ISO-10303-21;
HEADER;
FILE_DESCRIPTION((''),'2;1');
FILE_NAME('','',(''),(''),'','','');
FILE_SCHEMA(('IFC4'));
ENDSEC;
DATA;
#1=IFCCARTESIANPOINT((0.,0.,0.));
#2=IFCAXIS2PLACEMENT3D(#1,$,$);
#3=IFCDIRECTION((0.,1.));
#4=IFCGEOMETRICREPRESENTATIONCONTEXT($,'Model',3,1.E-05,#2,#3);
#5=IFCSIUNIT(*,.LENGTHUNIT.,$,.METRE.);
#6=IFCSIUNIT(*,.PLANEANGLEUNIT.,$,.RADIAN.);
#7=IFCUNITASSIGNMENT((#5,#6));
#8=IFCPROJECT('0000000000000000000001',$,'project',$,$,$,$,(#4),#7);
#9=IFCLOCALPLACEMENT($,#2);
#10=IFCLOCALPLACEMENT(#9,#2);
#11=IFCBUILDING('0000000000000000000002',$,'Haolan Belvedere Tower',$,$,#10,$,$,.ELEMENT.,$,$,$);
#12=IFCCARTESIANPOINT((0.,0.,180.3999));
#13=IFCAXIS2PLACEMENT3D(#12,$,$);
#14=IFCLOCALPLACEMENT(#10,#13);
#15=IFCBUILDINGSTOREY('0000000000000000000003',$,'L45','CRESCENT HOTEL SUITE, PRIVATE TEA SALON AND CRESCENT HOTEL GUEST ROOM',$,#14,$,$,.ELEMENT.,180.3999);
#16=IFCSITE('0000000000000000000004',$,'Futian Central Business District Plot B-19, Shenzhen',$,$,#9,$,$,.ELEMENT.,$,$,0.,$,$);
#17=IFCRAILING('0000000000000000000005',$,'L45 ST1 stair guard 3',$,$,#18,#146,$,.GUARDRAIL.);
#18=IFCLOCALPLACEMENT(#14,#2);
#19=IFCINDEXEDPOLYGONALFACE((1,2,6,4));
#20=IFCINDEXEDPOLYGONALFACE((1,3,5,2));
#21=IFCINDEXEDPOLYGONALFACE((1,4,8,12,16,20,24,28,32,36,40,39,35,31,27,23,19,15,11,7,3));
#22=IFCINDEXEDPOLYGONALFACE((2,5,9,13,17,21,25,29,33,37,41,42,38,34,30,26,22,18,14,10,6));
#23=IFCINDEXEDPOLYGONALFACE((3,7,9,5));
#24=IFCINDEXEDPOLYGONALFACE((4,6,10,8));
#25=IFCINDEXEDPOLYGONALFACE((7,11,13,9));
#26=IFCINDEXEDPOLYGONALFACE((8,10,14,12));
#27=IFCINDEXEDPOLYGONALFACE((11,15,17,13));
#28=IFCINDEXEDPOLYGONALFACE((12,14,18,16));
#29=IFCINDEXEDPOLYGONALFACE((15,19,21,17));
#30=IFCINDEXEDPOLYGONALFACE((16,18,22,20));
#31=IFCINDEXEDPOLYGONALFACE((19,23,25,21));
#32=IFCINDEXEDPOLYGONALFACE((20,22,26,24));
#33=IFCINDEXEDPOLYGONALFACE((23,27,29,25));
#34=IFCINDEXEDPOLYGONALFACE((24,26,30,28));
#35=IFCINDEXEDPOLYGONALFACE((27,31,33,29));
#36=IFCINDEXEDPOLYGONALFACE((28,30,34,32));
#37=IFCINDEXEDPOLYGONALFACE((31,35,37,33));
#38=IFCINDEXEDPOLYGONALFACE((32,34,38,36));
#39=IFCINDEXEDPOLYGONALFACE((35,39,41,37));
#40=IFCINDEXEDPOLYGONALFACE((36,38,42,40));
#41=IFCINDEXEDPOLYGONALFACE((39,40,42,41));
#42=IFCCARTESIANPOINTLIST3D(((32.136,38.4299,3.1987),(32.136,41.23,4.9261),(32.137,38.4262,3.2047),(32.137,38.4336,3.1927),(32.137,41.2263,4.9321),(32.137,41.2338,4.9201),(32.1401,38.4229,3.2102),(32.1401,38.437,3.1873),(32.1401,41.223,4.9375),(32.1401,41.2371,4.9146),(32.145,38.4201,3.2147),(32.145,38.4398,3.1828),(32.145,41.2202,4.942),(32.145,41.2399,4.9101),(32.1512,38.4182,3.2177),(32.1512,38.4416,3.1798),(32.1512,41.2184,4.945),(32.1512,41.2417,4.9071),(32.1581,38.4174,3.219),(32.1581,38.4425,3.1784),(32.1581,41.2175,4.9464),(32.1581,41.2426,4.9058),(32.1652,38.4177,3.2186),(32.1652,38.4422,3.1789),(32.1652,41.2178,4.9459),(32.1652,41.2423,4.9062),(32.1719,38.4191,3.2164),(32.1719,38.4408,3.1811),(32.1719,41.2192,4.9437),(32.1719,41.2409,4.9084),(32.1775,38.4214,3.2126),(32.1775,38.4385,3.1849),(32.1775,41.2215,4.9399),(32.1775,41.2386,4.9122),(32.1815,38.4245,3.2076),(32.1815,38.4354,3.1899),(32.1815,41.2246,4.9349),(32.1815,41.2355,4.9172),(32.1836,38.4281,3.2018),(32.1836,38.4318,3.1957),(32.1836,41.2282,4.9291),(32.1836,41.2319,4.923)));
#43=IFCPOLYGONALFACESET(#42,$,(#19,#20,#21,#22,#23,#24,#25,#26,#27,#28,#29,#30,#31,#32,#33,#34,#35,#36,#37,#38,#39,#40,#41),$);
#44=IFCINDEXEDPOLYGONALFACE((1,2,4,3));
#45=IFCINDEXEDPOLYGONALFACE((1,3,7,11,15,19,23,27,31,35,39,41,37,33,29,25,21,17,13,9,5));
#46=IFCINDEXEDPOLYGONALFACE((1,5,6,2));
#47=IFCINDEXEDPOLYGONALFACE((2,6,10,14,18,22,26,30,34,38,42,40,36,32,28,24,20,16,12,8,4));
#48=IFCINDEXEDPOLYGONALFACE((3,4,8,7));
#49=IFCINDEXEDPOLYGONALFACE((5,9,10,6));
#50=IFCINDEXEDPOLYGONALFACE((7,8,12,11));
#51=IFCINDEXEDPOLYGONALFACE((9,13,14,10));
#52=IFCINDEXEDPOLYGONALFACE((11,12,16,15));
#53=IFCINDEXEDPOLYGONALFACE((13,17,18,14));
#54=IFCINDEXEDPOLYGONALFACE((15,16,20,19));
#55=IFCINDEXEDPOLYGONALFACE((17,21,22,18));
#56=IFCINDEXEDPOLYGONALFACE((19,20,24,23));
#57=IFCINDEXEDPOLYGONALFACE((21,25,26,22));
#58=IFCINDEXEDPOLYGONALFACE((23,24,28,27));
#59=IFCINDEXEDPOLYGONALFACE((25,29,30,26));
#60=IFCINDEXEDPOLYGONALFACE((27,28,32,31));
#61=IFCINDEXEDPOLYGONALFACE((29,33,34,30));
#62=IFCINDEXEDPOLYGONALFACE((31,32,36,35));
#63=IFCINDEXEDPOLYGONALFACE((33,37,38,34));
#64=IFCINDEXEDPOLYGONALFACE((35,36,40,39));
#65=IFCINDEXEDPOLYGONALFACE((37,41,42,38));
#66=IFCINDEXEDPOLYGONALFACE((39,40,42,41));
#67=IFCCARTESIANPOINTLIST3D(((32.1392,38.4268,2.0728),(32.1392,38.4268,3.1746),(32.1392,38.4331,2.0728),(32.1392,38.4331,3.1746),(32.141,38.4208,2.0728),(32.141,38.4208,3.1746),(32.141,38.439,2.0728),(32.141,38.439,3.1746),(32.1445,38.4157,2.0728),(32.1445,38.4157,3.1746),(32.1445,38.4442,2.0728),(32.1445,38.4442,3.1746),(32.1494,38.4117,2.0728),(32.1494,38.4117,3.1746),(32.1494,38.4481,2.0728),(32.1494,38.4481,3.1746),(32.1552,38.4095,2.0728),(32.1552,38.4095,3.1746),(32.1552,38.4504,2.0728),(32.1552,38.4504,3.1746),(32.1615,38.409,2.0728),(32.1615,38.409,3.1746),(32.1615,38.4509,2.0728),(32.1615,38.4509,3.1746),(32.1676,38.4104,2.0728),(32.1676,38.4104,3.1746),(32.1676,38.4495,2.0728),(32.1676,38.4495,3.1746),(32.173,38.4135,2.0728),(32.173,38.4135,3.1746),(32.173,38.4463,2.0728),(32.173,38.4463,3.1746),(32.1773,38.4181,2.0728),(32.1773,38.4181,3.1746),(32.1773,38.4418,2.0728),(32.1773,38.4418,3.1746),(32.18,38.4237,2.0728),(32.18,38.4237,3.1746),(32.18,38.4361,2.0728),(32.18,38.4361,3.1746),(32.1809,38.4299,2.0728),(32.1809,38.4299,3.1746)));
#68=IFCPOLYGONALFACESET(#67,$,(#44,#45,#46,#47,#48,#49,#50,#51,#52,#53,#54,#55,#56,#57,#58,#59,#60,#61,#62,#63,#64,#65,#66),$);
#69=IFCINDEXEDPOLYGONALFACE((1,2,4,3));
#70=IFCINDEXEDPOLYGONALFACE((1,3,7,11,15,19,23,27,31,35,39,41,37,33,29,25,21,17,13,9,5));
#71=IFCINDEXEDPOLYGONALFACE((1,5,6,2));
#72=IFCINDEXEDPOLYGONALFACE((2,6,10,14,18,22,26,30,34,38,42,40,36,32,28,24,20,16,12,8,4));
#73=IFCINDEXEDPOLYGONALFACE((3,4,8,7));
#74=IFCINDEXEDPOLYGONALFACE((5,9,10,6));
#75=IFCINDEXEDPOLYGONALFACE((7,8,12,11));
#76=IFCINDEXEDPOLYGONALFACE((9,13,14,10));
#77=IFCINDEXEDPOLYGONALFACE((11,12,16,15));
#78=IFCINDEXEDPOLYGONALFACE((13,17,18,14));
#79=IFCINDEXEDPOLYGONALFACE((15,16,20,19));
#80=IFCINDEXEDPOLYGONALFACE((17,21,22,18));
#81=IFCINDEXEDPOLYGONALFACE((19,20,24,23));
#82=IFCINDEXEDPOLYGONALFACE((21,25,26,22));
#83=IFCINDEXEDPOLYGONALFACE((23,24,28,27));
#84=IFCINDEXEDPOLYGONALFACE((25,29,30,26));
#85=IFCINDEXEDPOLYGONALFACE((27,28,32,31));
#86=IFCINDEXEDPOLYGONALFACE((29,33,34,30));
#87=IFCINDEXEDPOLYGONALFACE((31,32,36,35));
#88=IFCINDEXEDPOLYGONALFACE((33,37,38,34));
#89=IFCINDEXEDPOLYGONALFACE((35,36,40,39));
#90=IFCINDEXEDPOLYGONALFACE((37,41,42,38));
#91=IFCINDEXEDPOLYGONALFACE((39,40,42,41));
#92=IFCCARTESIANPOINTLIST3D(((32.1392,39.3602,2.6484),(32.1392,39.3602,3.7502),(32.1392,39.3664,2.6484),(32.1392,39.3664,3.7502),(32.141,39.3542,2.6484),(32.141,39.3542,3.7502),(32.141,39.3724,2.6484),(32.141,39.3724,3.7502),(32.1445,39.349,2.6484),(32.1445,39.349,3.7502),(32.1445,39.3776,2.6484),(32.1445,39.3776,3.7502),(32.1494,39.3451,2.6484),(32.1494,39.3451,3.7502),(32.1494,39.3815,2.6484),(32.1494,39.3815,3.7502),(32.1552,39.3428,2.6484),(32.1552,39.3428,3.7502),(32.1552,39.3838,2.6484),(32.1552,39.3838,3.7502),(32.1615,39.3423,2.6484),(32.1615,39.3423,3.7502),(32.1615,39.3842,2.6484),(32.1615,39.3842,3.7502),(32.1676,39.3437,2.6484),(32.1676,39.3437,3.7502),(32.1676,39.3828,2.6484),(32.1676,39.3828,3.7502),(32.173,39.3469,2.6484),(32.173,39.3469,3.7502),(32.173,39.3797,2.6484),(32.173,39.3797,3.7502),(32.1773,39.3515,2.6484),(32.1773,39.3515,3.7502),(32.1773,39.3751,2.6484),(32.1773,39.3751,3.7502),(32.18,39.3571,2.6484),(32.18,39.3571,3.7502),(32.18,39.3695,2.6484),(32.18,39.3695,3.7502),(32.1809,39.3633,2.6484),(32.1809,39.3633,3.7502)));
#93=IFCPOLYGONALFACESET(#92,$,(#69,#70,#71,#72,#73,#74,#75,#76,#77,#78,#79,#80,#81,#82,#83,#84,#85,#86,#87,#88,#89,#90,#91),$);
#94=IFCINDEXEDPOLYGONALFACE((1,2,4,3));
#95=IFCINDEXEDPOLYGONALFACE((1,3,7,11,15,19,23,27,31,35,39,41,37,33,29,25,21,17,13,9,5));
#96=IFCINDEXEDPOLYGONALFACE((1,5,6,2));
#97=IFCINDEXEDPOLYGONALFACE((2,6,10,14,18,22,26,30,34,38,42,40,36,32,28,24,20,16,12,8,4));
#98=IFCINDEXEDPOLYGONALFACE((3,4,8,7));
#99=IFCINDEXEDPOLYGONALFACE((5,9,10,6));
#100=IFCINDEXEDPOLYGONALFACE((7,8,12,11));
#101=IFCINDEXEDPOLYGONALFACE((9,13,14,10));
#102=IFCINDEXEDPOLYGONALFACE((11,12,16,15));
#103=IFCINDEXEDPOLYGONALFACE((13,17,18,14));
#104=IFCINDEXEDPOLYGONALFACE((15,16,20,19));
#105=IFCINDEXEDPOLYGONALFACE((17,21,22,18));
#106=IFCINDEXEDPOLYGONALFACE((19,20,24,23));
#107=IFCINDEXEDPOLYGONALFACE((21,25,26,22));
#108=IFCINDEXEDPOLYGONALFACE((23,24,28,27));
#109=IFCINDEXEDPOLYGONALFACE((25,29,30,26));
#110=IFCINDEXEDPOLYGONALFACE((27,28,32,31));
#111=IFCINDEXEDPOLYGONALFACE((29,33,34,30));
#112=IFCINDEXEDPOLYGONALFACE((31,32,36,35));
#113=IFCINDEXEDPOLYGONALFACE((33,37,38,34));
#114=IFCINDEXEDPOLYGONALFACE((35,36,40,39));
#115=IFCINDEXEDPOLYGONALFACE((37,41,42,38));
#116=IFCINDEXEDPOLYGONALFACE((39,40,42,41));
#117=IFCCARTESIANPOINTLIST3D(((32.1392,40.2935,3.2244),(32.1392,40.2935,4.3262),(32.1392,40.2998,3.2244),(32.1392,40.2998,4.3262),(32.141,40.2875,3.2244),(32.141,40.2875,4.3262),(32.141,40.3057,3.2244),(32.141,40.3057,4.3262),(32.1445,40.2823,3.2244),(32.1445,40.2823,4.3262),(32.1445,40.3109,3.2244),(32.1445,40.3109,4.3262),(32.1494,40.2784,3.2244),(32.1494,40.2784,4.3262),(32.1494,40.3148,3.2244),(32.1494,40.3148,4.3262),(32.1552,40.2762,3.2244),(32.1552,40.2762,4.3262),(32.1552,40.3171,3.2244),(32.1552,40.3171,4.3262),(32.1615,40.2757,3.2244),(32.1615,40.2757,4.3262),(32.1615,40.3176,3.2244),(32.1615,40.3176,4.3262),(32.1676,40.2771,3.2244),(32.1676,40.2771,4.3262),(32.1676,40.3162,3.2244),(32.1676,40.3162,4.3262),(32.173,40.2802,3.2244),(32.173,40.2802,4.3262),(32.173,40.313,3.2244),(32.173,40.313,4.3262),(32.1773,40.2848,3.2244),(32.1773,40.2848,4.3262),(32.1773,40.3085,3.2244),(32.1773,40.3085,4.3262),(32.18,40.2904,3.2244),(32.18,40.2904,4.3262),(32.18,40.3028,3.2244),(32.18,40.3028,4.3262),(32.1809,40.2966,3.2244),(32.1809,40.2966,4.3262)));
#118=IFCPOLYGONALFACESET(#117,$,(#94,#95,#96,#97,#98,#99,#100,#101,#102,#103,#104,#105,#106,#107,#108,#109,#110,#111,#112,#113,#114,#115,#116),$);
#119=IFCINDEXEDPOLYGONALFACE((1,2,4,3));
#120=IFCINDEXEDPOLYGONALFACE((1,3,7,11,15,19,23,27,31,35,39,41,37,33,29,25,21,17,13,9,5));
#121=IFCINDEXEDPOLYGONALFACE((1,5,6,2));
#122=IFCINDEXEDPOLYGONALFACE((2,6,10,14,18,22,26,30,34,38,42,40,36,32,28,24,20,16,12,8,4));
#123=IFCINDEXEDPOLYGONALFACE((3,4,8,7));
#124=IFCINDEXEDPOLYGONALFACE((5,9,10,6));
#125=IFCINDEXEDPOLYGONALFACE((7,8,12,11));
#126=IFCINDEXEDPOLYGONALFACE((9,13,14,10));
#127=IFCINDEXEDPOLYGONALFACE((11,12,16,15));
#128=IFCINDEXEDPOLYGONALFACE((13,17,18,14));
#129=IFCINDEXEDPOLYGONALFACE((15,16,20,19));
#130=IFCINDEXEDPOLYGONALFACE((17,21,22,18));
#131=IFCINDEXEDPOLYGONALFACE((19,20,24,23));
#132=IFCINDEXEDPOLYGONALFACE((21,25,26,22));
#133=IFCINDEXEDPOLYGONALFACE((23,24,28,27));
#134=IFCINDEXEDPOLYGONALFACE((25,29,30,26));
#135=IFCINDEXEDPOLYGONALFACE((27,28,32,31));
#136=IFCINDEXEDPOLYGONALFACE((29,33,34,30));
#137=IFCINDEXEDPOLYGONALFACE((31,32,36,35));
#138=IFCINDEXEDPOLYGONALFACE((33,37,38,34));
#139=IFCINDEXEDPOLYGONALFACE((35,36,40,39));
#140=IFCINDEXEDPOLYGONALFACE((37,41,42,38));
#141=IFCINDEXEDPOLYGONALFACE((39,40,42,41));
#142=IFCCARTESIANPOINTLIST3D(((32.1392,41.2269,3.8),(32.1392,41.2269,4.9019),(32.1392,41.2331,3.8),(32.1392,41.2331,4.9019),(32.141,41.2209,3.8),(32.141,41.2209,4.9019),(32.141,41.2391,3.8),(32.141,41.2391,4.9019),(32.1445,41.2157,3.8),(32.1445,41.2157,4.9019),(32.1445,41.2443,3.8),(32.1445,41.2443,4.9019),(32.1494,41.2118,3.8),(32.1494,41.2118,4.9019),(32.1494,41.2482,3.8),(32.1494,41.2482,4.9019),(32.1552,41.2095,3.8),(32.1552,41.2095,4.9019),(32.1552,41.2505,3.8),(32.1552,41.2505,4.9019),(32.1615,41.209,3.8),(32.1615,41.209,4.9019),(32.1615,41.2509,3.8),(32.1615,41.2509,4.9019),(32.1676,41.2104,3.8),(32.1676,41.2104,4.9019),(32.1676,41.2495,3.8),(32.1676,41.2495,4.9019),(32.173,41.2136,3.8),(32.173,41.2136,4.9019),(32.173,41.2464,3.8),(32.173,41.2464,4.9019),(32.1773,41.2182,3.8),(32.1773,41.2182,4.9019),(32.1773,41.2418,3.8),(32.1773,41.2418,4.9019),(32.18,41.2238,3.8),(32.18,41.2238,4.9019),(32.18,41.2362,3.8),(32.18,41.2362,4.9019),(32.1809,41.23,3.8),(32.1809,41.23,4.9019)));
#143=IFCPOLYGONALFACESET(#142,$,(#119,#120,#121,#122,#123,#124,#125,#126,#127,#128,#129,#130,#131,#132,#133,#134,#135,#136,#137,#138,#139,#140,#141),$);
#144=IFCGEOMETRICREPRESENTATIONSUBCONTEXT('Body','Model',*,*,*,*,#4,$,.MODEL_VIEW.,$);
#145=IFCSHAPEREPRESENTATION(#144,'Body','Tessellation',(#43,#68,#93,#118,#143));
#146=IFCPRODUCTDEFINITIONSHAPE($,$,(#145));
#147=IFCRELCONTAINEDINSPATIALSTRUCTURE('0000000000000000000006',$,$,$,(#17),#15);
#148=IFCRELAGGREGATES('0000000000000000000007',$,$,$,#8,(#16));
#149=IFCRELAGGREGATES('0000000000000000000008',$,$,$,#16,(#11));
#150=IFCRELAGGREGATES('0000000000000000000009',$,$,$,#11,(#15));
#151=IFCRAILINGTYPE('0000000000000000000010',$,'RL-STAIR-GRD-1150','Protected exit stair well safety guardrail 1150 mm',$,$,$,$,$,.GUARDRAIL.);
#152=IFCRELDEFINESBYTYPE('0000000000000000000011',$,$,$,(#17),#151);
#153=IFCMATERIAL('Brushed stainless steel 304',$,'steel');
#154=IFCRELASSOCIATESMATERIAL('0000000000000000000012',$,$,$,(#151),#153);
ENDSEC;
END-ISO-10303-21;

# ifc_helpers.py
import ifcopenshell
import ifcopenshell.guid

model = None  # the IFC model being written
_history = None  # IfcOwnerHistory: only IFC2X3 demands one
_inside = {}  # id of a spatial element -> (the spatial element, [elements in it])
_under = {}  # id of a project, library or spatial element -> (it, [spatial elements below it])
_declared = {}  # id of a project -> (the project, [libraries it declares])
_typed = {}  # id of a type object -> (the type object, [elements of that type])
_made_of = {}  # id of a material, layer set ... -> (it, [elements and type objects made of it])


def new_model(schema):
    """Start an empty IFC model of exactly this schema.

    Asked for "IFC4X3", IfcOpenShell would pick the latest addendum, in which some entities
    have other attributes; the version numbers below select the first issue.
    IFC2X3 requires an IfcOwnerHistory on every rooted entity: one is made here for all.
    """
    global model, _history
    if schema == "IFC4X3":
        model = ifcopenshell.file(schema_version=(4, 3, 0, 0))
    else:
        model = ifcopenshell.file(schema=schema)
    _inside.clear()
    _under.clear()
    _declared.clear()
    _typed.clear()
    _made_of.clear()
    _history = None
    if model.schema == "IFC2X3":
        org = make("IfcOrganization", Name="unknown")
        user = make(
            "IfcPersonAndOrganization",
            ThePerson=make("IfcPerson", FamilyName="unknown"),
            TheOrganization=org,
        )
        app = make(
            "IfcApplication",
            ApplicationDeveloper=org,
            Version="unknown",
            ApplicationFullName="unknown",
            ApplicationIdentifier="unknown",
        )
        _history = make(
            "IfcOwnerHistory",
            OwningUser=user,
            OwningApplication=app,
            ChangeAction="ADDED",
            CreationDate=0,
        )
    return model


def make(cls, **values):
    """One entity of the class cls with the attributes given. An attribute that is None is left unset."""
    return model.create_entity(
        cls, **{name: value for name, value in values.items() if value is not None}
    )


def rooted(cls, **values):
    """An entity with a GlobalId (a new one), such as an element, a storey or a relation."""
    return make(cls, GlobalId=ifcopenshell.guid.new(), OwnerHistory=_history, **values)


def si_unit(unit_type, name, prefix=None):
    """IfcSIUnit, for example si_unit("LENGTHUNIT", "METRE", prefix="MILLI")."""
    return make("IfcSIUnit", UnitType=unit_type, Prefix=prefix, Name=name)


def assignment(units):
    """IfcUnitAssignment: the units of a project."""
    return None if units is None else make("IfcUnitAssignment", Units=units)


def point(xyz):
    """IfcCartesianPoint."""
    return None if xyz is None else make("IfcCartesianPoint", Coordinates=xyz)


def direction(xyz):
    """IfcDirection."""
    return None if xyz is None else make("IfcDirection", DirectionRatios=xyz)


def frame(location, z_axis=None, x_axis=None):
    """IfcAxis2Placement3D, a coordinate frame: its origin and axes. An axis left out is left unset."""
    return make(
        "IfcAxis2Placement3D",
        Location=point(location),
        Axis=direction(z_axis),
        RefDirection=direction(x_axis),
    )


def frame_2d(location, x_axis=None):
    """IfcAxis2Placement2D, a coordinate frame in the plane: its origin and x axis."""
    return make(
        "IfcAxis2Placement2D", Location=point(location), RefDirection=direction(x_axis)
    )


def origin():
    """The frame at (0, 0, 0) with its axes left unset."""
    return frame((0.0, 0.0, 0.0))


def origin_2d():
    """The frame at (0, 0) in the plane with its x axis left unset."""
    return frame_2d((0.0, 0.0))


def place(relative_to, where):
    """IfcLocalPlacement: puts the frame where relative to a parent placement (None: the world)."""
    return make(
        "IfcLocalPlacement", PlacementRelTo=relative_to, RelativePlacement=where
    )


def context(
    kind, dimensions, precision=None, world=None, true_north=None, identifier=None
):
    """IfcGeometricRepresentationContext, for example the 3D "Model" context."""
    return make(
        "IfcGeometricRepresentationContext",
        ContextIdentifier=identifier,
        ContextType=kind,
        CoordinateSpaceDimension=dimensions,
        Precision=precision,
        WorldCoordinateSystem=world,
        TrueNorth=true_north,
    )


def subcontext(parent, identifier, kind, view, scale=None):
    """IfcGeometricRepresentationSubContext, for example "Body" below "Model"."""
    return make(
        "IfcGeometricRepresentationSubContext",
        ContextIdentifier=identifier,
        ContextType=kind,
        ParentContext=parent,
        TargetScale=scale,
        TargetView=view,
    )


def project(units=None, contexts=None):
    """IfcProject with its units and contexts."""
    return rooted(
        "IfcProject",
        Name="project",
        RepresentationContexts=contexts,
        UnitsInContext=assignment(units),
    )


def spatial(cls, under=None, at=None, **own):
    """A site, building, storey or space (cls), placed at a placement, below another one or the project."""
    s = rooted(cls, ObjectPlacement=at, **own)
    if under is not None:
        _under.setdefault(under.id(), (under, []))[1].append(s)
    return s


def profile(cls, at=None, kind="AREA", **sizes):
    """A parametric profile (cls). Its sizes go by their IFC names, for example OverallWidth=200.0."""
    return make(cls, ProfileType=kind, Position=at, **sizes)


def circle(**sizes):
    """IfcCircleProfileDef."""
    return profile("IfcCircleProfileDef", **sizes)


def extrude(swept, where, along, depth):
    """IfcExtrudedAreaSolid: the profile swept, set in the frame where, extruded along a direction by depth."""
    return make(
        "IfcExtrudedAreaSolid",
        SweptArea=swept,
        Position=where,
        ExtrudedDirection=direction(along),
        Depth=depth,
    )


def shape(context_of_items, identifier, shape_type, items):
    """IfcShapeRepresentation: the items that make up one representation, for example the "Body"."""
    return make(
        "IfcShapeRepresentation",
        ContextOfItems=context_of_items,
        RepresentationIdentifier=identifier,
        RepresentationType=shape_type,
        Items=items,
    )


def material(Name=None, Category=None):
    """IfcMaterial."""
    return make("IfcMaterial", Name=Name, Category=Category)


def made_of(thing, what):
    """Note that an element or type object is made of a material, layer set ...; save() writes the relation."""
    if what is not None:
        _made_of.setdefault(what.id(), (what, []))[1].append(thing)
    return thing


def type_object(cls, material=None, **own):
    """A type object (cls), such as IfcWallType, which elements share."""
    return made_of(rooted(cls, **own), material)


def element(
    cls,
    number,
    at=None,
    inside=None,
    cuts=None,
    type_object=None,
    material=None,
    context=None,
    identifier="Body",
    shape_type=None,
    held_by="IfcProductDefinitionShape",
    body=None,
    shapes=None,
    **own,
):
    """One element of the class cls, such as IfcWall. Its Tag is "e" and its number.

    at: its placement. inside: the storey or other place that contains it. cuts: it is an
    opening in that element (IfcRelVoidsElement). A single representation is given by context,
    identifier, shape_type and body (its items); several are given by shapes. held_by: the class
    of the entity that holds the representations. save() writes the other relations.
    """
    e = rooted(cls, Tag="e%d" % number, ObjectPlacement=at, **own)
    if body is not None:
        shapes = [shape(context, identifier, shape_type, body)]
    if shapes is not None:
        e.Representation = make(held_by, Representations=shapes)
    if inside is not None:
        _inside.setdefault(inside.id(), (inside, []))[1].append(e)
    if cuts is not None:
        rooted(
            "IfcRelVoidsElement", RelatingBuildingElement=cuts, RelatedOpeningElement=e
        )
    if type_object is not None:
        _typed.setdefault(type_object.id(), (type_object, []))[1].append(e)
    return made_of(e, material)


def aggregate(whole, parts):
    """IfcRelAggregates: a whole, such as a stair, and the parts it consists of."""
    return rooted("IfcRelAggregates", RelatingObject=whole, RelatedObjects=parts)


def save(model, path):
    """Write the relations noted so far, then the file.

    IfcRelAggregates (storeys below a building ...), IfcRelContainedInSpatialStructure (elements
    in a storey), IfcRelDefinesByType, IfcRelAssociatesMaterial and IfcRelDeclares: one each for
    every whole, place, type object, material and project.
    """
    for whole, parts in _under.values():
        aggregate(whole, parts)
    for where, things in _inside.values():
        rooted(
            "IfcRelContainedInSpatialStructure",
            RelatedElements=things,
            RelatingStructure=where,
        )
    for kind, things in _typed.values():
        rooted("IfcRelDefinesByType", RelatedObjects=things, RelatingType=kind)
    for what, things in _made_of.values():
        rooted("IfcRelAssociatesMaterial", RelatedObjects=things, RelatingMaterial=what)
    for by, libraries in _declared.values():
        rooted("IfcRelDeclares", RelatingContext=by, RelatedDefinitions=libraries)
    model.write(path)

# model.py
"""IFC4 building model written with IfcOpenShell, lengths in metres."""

from ifc_helpers import new_model, si_unit, direction, frame, origin, origin_2d, place, context, subcontext, project, spatial, circle, extrude, material, type_object, element, save


model = new_model("IFC4")

# Units and contexts
model_context = context("Model", 3, precision=1e-05, world=origin(), true_north=direction((0.0, 1.0)))
body_context = subcontext(model_context, "Body", "Model", "MODEL_VIEW")
ifc_project = project(units=[si_unit("LENGTHUNIT", "METRE"), si_unit("PLANEANGLEUNIT", "RADIAN")], contexts=[model_context])

# Site, building, storey
site_placement = place(None, origin())
site = spatial("IfcSite", under=ifc_project, at=site_placement, Name="Futian Central Business District Plot B-19, Shenzhen", CompositionType="ELEMENT", RefElevation=0.0)
building_placement = place(site_placement, origin())
building = spatial("IfcBuilding", under=site, at=building_placement, Name="Haolan Belvedere Tower", CompositionType="ELEMENT")
storey_placement = place(building_placement, frame((0.0, 0.0, 180.3999)))
storey = spatial("IfcBuildingStorey", under=building, at=storey_placement, Name="L45", Description="CRESCENT HOTEL SUITE, PRIVATE TEA SALON AND CRESCENT HOTEL GUEST ROOM", CompositionType="ELEMENT", Elevation=180.3999)

# Railing
ifc_material_1 = material(Name="Brushed stainless steel 304", Category="steel")
railing_type_1 = type_object("IfcRailingType", Name="RL-STAIR-GRD-1150", Description="Protected exit stair well safety guardrail 1150 mm", PredefinedType="GUARDRAIL", material=ifc_material_1)
railing_1_placement = place(storey_placement, frame((32.1599, 38.4299, 2.0728)))
element("IfcRailing", 1, at=railing_1_placement, inside=storey, type_object=railing_type_1, Name="L45 ST1 stair guard 3", PredefinedType="GUARDRAIL", context=body_context, shape_type="SweptSolid", body=[
    extrude(circle(Radius=0.0239, at=origin_2d()), frame((0.0, 0.0, 1.126), z_axis=(0.0, 0.85109, 0.52502), x_axis=(-1.0, 0.0, 0.0)), (0.0, 0.0, 1.0), 3.29),
    extrude(circle(Radius=0.021, at=origin_2d()), origin(), (0.0, 0.0, 1.0), 1.1018),
    extrude(circle(Radius=0.021, at=origin_2d()), frame((0.0, 0.9333, 0.5757)), (0.0, 0.0, 1.0), 1.1018),
    extrude(circle(Radius=0.021, at=origin_2d()), frame((0.0, 1.8667, 1.1516)), (0.0, 0.0, 1.0), 1.1018),
    extrude(circle(Radius=0.021, at=origin_2d()), frame((0.0, 2.8, 1.7273)), (0.0, 0.0, 1.0), 1.1018),
])

save(model, "model.ifc")
